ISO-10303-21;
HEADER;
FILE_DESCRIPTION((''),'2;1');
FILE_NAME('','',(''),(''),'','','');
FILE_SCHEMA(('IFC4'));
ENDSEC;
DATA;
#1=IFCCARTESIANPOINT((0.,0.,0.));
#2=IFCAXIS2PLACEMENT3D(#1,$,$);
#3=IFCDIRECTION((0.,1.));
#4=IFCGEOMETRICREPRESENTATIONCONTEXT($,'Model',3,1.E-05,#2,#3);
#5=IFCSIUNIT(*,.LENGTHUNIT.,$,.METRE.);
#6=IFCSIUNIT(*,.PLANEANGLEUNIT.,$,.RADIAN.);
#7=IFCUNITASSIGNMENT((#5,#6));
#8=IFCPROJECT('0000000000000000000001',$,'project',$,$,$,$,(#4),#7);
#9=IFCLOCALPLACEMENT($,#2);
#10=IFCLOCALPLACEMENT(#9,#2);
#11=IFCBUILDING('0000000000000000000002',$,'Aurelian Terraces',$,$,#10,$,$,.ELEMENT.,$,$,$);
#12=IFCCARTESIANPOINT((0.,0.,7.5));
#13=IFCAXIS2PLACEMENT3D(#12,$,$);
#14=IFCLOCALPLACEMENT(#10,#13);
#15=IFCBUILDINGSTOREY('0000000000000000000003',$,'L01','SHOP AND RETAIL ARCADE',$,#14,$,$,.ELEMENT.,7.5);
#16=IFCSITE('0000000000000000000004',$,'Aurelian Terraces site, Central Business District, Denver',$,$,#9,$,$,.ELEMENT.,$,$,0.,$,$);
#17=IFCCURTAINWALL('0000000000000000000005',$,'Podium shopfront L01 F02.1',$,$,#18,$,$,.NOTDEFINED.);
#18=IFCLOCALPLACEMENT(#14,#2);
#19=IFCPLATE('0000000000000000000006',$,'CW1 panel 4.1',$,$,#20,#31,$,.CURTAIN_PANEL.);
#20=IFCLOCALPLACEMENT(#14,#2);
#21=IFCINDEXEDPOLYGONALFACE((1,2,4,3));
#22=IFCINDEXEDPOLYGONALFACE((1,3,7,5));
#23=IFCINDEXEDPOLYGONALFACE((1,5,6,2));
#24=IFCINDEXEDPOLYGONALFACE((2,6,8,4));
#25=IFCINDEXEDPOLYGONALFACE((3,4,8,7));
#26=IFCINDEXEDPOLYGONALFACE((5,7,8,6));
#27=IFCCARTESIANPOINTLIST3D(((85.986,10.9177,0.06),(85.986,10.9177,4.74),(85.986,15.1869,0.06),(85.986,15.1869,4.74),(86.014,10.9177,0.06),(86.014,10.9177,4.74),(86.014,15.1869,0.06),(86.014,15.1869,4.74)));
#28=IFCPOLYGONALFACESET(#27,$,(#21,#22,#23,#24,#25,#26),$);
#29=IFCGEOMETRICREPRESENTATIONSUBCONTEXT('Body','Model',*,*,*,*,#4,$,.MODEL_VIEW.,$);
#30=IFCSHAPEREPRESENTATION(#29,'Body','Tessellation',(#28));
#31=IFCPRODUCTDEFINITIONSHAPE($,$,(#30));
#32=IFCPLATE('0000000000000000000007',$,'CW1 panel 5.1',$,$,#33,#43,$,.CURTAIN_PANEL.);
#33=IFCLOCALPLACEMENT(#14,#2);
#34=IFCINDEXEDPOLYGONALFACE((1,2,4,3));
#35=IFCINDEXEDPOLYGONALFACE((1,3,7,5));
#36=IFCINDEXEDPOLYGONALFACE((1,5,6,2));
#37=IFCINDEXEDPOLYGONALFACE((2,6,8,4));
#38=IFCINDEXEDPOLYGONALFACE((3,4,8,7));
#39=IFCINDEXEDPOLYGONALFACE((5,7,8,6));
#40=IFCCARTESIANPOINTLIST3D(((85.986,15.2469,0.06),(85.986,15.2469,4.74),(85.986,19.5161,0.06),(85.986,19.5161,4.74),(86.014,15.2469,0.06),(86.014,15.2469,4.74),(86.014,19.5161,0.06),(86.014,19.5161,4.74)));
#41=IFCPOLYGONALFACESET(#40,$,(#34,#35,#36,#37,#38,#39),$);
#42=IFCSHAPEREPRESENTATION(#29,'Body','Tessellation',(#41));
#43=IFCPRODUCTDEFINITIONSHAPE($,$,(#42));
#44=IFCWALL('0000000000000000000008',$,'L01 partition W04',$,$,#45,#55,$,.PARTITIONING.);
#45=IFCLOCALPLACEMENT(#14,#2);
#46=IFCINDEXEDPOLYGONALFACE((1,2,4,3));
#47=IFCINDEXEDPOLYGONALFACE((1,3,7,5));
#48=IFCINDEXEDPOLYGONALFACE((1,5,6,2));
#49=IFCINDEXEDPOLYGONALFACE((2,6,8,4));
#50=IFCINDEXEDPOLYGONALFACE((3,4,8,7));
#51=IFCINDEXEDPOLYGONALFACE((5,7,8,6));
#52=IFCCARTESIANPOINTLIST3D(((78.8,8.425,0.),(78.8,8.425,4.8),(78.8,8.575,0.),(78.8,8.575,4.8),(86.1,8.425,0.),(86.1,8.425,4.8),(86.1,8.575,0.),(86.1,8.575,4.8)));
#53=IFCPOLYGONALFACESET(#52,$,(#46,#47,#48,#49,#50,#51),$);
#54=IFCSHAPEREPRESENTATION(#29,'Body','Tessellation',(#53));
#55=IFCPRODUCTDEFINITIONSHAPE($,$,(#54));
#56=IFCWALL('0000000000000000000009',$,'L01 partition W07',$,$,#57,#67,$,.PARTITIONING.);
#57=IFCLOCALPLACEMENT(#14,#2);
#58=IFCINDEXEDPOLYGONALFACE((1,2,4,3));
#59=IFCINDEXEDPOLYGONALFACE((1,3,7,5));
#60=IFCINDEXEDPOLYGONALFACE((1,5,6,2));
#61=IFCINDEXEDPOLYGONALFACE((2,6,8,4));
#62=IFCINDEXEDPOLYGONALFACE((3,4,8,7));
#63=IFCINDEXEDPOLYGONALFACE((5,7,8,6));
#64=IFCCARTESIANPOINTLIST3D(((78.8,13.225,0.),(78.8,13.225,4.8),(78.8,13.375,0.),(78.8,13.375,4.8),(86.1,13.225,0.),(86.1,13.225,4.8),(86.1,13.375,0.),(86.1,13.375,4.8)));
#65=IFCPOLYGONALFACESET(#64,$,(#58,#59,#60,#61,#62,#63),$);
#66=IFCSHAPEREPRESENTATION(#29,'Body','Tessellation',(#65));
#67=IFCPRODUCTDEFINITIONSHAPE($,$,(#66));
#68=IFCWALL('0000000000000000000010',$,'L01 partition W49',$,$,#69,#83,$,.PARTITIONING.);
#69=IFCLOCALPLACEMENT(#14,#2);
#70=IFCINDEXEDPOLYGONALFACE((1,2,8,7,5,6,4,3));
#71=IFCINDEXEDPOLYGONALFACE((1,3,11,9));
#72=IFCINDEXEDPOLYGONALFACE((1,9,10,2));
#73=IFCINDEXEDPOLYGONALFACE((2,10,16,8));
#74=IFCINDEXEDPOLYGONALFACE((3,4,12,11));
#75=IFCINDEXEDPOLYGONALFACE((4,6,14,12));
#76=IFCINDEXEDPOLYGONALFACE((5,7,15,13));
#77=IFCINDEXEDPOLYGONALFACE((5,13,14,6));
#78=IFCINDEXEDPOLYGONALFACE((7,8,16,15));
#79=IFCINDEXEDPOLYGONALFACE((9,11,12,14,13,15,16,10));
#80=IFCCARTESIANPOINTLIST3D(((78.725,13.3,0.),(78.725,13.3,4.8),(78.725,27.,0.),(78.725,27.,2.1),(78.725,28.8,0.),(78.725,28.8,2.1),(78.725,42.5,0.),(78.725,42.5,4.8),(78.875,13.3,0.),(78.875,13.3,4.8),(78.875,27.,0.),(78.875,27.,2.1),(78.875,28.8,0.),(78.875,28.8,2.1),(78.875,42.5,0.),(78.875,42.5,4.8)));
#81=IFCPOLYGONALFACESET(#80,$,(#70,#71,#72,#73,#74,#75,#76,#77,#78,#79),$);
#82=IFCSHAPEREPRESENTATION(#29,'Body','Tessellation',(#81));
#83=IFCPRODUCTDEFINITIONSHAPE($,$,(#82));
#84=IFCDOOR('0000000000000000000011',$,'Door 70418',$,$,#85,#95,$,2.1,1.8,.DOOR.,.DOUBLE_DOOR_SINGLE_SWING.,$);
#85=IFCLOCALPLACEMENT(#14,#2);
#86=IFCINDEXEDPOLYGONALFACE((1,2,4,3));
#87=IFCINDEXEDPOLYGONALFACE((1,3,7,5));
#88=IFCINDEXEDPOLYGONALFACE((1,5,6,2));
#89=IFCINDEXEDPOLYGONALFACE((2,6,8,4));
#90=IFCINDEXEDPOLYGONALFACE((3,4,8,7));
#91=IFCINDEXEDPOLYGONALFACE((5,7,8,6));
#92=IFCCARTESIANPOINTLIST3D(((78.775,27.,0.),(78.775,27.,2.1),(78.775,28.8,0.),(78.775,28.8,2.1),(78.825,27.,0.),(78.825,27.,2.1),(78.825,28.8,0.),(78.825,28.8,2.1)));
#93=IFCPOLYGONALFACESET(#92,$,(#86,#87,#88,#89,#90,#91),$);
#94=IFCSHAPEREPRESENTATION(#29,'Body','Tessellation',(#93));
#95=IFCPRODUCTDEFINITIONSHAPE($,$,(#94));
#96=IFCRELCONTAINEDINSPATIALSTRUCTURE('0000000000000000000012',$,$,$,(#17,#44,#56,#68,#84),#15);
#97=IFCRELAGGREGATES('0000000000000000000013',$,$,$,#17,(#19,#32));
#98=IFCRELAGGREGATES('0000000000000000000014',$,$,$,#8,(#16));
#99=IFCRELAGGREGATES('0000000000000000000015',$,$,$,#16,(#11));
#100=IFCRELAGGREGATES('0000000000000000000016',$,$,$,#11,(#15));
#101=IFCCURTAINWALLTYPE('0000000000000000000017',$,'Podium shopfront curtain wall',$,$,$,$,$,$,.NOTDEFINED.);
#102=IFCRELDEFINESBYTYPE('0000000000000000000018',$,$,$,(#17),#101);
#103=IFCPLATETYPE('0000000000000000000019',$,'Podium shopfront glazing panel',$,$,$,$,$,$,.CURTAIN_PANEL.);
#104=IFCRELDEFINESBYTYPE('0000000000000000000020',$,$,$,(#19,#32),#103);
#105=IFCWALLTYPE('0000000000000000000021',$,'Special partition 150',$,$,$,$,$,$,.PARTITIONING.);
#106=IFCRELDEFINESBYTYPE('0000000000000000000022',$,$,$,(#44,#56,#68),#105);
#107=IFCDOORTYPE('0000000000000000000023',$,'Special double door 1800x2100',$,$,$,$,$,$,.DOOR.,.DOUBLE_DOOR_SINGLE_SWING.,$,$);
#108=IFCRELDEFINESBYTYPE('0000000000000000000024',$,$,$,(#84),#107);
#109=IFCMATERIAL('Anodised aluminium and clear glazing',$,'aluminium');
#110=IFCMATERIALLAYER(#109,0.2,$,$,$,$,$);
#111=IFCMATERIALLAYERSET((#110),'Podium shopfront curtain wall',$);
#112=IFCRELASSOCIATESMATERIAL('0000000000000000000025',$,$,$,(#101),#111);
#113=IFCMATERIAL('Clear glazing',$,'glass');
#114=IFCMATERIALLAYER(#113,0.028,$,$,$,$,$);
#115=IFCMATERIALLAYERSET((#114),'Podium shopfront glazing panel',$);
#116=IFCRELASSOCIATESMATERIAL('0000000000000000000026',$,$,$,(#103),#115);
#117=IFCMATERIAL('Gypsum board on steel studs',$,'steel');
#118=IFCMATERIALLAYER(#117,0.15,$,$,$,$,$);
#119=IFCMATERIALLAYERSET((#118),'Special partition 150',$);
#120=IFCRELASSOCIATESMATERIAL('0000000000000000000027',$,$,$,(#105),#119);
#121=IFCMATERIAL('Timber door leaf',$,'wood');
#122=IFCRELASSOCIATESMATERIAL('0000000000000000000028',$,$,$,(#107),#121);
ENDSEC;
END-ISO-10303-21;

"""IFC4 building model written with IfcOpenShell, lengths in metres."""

from ifc_helpers import new_model, si_unit, direction, frame, frame_2d, origin, origin_2d, place, context, subcontext, project, spatial, rectangle, extrude, source, transform, mapped, material, layer, layer_set, type_object, element, fill, aggregate, save


model = new_model("IFC4")

# Units and contexts
model_context = context("Model", 3, precision=1e-05, world=origin(), true_north=direction((0.0, 1.0)))
body_context = subcontext(model_context, "Body", "Model", "MODEL_VIEW")
ifc_project = project(units=[si_unit("LENGTHUNIT", "METRE"), si_unit("PLANEANGLEUNIT", "RADIAN")], contexts=[model_context])

# Site, building, storey
site_placement = place(None, origin())
site = spatial("IfcSite", under=ifc_project, at=site_placement, Name="Aurelian Terraces site, Central Business District, Denver", CompositionType="ELEMENT", RefElevation=0.0)
building_placement = place(site_placement, origin())
building = spatial("IfcBuilding", under=site, at=building_placement, Name="Aurelian Terraces", CompositionType="ELEMENT")
storey_placement = place(building_placement, frame((0.0, 0.0, 7.5)))
storey = spatial("IfcBuildingStorey", under=building, at=storey_placement, Name="L01", Description="SHOP AND RETAIL ARCADE", CompositionType="ELEMENT", Elevation=7.5)

# Curtain wall, plates
ifc_material_1 = material(Name="Anodised aluminium and clear glazing", Category="aluminium")
ifc_layer_1 = layer(ifc_material_1, 0.2)
ifc_layer_set_1 = layer_set([ifc_layer_1], Name="Podium shopfront curtain wall")
curtain_wall_type = type_object("IfcCurtainWallType", Name="Podium shopfront curtain wall", PredefinedType="NOTDEFINED", material=ifc_layer_set_1)
curtain_wall_placement = place(storey_placement, origin())
curtain_wall = element("IfcCurtainWall", 1, at=curtain_wall_placement, inside=storey, type_object=curtain_wall_type, Name="Podium shopfront L01 F02.1", PredefinedType="NOTDEFINED")
ifc_material_2 = material(Name="Clear glazing", Category="glass")
ifc_layer_2 = layer(ifc_material_2, 0.028)
ifc_layer_set_2 = layer_set([ifc_layer_2], Name="Podium shopfront glazing panel")
plate_type = type_object("IfcPlateType", Name="Podium shopfront glazing panel", PredefinedType="CURTAIN_PANEL", material=ifc_layer_set_2)
shared_shape_1 = source(origin(), body_context, "Body", "SweptSolid", [
    extrude(rectangle(XDim=4.2692, YDim=0.028, at=origin_2d()), origin(), (0.0, 0.0, 1.0), 4.68),
])
plate_1_placement = place(storey_placement, frame((86.0, 13.0523, 0.06), z_axis=(0.0, 0.0, 1.0), x_axis=(0.0, 1.0, 0.0)))
plate_1 = element("IfcPlate", 2, at=plate_1_placement, type_object=plate_type, Name="CW1 panel 4.1", PredefinedType="CURTAIN_PANEL", context=body_context, shape_type="MappedRepresentation", body=[
    mapped(shared_shape_1, transform((0.0, 0.0, 0.0), scale=1.0)),
])
plate_2_placement = place(storey_placement, frame((86.0, 17.3815, 0.06), z_axis=(0.0, 0.0, 1.0), x_axis=(0.0, 1.0, 0.0)))
plate_2 = element("IfcPlate", 3, at=plate_2_placement, type_object=plate_type, Name="CW1 panel 5.1", PredefinedType="CURTAIN_PANEL", context=body_context, shape_type="MappedRepresentation", body=[
    mapped(shared_shape_1, transform((0.0, 0.0, 0.0), scale=1.0)),
])
aggregate(curtain_wall, [plate_1, plate_2])

# Walls
ifc_material_3 = material(Name="Gypsum board on steel studs", Category="steel")
ifc_layer_3 = layer(ifc_material_3, 0.15)
ifc_layer_set_3 = layer_set([ifc_layer_3], Name="Special partition 150")
wall_type = type_object("IfcWallType", Name="Special partition 150", PredefinedType="PARTITIONING", material=ifc_layer_set_3)
wall_1_placement = place(storey_placement, frame((78.8, 8.5, 0.0), z_axis=(0.0, 0.0, 1.0), x_axis=(1.0, 0.0, 0.0)))
element("IfcWall", 4, at=wall_1_placement, inside=storey, type_object=wall_type, Name="L01 partition W04", PredefinedType="PARTITIONING", context=body_context, shape_type="SweptSolid", body=[
    extrude(rectangle(XDim=7.3, YDim=0.15, at=frame_2d((3.65, 0.0))), origin(), (0.0, 0.0, 1.0), 4.8),
])
shared_shape_2 = source(origin(), body_context, "Body", "SweptSolid", [
    extrude(rectangle(XDim=7.3, YDim=0.15, at=frame_2d((3.65, 0.0))), origin(), (0.0, 0.0, 1.0), 4.8),
])
wall_2_placement = place(storey_placement, frame((78.8, 13.3, 0.0), z_axis=(0.0, 0.0, 1.0), x_axis=(1.0, 0.0, 0.0)))
element("IfcWall", 5, at=wall_2_placement, inside=storey, type_object=wall_type, Name="L01 partition W07", PredefinedType="PARTITIONING", context=body_context, shape_type="MappedRepresentation", body=[
    mapped(shared_shape_2, transform((0.0, 0.0, 0.0), scale=1.0)),
])

# Wall, opening, door
shared_shape_3 = source(origin(), body_context, "Body", "SweptSolid", [
    extrude(rectangle(XDim=29.2, YDim=0.15, at=frame_2d((14.6, 0.0))), origin(), (0.0, 0.0, 1.0), 4.8),
])
wall_3_placement = place(storey_placement, frame((78.8, 13.3, 0.0), z_axis=(0.0, 0.0, 1.0), x_axis=(0.0, 1.0, 0.0)))
wall_3 = element("IfcWall", 6, at=wall_3_placement, inside=storey, type_object=wall_type, Name="L01 partition W49", PredefinedType="PARTITIONING", context=body_context, shape_type="MappedRepresentation", body=[
    mapped(shared_shape_3, transform((0.0, 0.0, 0.0), scale=1.0)),
])
shared_shape_4 = source(origin(), body_context, "Body", "SweptSolid", [
    extrude(rectangle(XDim=1.8, YDim=2.1, at=frame_2d((0.9, 1.05))), frame((0.0, 0.085, 0.0), z_axis=(0.0, -1.0, 0.0), x_axis=(1.0, 0.0, 0.0)), (0.0, 0.0, 1.0), 0.17),
])
opening_placement = place(wall_3_placement, frame((13.7, 0.0, 0.0)))
opening = element("IfcOpeningElement", 7, at=opening_placement, cuts=wall_3, PredefinedType="OPENING", context=body_context, shape_type="MappedRepresentation", body=[
    mapped(shared_shape_4, transform((0.0, 0.0, 0.0), scale=1.0)),
])
ifc_material_4 = material(Name="Timber door leaf", Category="wood")
door_type = type_object("IfcDoorType", Name="Special double door 1800x2100", OperationType="DOUBLE_DOOR_SINGLE_SWING", PredefinedType="DOOR", material=ifc_material_4)
shared_shape_5 = source(origin(), body_context, "Body", "SweptSolid", [
    extrude(rectangle(XDim=1.8, YDim=2.1, at=frame_2d((0.9, 1.05))), frame((0.0, 0.025, 0.0), z_axis=(0.0, -1.0, 0.0), x_axis=(1.0, 0.0, 0.0)), (0.0, 0.0, 1.0), 0.05),
])
door_placement = place(opening_placement, origin())
door = element("IfcDoor", 8, at=door_placement, inside=storey, type_object=door_type, Name="Door 70418", OperationType="DOUBLE_DOOR_SINGLE_SWING", OverallHeight=2.1, OverallWidth=1.8, PredefinedType="DOOR", context=body_context, shape_type="MappedRepresentation", body=[
    mapped(shared_shape_5, transform((0.0, 0.0, 0.0), scale=1.0)),
])
fill(opening, door)

save(model, "model.ifc")
